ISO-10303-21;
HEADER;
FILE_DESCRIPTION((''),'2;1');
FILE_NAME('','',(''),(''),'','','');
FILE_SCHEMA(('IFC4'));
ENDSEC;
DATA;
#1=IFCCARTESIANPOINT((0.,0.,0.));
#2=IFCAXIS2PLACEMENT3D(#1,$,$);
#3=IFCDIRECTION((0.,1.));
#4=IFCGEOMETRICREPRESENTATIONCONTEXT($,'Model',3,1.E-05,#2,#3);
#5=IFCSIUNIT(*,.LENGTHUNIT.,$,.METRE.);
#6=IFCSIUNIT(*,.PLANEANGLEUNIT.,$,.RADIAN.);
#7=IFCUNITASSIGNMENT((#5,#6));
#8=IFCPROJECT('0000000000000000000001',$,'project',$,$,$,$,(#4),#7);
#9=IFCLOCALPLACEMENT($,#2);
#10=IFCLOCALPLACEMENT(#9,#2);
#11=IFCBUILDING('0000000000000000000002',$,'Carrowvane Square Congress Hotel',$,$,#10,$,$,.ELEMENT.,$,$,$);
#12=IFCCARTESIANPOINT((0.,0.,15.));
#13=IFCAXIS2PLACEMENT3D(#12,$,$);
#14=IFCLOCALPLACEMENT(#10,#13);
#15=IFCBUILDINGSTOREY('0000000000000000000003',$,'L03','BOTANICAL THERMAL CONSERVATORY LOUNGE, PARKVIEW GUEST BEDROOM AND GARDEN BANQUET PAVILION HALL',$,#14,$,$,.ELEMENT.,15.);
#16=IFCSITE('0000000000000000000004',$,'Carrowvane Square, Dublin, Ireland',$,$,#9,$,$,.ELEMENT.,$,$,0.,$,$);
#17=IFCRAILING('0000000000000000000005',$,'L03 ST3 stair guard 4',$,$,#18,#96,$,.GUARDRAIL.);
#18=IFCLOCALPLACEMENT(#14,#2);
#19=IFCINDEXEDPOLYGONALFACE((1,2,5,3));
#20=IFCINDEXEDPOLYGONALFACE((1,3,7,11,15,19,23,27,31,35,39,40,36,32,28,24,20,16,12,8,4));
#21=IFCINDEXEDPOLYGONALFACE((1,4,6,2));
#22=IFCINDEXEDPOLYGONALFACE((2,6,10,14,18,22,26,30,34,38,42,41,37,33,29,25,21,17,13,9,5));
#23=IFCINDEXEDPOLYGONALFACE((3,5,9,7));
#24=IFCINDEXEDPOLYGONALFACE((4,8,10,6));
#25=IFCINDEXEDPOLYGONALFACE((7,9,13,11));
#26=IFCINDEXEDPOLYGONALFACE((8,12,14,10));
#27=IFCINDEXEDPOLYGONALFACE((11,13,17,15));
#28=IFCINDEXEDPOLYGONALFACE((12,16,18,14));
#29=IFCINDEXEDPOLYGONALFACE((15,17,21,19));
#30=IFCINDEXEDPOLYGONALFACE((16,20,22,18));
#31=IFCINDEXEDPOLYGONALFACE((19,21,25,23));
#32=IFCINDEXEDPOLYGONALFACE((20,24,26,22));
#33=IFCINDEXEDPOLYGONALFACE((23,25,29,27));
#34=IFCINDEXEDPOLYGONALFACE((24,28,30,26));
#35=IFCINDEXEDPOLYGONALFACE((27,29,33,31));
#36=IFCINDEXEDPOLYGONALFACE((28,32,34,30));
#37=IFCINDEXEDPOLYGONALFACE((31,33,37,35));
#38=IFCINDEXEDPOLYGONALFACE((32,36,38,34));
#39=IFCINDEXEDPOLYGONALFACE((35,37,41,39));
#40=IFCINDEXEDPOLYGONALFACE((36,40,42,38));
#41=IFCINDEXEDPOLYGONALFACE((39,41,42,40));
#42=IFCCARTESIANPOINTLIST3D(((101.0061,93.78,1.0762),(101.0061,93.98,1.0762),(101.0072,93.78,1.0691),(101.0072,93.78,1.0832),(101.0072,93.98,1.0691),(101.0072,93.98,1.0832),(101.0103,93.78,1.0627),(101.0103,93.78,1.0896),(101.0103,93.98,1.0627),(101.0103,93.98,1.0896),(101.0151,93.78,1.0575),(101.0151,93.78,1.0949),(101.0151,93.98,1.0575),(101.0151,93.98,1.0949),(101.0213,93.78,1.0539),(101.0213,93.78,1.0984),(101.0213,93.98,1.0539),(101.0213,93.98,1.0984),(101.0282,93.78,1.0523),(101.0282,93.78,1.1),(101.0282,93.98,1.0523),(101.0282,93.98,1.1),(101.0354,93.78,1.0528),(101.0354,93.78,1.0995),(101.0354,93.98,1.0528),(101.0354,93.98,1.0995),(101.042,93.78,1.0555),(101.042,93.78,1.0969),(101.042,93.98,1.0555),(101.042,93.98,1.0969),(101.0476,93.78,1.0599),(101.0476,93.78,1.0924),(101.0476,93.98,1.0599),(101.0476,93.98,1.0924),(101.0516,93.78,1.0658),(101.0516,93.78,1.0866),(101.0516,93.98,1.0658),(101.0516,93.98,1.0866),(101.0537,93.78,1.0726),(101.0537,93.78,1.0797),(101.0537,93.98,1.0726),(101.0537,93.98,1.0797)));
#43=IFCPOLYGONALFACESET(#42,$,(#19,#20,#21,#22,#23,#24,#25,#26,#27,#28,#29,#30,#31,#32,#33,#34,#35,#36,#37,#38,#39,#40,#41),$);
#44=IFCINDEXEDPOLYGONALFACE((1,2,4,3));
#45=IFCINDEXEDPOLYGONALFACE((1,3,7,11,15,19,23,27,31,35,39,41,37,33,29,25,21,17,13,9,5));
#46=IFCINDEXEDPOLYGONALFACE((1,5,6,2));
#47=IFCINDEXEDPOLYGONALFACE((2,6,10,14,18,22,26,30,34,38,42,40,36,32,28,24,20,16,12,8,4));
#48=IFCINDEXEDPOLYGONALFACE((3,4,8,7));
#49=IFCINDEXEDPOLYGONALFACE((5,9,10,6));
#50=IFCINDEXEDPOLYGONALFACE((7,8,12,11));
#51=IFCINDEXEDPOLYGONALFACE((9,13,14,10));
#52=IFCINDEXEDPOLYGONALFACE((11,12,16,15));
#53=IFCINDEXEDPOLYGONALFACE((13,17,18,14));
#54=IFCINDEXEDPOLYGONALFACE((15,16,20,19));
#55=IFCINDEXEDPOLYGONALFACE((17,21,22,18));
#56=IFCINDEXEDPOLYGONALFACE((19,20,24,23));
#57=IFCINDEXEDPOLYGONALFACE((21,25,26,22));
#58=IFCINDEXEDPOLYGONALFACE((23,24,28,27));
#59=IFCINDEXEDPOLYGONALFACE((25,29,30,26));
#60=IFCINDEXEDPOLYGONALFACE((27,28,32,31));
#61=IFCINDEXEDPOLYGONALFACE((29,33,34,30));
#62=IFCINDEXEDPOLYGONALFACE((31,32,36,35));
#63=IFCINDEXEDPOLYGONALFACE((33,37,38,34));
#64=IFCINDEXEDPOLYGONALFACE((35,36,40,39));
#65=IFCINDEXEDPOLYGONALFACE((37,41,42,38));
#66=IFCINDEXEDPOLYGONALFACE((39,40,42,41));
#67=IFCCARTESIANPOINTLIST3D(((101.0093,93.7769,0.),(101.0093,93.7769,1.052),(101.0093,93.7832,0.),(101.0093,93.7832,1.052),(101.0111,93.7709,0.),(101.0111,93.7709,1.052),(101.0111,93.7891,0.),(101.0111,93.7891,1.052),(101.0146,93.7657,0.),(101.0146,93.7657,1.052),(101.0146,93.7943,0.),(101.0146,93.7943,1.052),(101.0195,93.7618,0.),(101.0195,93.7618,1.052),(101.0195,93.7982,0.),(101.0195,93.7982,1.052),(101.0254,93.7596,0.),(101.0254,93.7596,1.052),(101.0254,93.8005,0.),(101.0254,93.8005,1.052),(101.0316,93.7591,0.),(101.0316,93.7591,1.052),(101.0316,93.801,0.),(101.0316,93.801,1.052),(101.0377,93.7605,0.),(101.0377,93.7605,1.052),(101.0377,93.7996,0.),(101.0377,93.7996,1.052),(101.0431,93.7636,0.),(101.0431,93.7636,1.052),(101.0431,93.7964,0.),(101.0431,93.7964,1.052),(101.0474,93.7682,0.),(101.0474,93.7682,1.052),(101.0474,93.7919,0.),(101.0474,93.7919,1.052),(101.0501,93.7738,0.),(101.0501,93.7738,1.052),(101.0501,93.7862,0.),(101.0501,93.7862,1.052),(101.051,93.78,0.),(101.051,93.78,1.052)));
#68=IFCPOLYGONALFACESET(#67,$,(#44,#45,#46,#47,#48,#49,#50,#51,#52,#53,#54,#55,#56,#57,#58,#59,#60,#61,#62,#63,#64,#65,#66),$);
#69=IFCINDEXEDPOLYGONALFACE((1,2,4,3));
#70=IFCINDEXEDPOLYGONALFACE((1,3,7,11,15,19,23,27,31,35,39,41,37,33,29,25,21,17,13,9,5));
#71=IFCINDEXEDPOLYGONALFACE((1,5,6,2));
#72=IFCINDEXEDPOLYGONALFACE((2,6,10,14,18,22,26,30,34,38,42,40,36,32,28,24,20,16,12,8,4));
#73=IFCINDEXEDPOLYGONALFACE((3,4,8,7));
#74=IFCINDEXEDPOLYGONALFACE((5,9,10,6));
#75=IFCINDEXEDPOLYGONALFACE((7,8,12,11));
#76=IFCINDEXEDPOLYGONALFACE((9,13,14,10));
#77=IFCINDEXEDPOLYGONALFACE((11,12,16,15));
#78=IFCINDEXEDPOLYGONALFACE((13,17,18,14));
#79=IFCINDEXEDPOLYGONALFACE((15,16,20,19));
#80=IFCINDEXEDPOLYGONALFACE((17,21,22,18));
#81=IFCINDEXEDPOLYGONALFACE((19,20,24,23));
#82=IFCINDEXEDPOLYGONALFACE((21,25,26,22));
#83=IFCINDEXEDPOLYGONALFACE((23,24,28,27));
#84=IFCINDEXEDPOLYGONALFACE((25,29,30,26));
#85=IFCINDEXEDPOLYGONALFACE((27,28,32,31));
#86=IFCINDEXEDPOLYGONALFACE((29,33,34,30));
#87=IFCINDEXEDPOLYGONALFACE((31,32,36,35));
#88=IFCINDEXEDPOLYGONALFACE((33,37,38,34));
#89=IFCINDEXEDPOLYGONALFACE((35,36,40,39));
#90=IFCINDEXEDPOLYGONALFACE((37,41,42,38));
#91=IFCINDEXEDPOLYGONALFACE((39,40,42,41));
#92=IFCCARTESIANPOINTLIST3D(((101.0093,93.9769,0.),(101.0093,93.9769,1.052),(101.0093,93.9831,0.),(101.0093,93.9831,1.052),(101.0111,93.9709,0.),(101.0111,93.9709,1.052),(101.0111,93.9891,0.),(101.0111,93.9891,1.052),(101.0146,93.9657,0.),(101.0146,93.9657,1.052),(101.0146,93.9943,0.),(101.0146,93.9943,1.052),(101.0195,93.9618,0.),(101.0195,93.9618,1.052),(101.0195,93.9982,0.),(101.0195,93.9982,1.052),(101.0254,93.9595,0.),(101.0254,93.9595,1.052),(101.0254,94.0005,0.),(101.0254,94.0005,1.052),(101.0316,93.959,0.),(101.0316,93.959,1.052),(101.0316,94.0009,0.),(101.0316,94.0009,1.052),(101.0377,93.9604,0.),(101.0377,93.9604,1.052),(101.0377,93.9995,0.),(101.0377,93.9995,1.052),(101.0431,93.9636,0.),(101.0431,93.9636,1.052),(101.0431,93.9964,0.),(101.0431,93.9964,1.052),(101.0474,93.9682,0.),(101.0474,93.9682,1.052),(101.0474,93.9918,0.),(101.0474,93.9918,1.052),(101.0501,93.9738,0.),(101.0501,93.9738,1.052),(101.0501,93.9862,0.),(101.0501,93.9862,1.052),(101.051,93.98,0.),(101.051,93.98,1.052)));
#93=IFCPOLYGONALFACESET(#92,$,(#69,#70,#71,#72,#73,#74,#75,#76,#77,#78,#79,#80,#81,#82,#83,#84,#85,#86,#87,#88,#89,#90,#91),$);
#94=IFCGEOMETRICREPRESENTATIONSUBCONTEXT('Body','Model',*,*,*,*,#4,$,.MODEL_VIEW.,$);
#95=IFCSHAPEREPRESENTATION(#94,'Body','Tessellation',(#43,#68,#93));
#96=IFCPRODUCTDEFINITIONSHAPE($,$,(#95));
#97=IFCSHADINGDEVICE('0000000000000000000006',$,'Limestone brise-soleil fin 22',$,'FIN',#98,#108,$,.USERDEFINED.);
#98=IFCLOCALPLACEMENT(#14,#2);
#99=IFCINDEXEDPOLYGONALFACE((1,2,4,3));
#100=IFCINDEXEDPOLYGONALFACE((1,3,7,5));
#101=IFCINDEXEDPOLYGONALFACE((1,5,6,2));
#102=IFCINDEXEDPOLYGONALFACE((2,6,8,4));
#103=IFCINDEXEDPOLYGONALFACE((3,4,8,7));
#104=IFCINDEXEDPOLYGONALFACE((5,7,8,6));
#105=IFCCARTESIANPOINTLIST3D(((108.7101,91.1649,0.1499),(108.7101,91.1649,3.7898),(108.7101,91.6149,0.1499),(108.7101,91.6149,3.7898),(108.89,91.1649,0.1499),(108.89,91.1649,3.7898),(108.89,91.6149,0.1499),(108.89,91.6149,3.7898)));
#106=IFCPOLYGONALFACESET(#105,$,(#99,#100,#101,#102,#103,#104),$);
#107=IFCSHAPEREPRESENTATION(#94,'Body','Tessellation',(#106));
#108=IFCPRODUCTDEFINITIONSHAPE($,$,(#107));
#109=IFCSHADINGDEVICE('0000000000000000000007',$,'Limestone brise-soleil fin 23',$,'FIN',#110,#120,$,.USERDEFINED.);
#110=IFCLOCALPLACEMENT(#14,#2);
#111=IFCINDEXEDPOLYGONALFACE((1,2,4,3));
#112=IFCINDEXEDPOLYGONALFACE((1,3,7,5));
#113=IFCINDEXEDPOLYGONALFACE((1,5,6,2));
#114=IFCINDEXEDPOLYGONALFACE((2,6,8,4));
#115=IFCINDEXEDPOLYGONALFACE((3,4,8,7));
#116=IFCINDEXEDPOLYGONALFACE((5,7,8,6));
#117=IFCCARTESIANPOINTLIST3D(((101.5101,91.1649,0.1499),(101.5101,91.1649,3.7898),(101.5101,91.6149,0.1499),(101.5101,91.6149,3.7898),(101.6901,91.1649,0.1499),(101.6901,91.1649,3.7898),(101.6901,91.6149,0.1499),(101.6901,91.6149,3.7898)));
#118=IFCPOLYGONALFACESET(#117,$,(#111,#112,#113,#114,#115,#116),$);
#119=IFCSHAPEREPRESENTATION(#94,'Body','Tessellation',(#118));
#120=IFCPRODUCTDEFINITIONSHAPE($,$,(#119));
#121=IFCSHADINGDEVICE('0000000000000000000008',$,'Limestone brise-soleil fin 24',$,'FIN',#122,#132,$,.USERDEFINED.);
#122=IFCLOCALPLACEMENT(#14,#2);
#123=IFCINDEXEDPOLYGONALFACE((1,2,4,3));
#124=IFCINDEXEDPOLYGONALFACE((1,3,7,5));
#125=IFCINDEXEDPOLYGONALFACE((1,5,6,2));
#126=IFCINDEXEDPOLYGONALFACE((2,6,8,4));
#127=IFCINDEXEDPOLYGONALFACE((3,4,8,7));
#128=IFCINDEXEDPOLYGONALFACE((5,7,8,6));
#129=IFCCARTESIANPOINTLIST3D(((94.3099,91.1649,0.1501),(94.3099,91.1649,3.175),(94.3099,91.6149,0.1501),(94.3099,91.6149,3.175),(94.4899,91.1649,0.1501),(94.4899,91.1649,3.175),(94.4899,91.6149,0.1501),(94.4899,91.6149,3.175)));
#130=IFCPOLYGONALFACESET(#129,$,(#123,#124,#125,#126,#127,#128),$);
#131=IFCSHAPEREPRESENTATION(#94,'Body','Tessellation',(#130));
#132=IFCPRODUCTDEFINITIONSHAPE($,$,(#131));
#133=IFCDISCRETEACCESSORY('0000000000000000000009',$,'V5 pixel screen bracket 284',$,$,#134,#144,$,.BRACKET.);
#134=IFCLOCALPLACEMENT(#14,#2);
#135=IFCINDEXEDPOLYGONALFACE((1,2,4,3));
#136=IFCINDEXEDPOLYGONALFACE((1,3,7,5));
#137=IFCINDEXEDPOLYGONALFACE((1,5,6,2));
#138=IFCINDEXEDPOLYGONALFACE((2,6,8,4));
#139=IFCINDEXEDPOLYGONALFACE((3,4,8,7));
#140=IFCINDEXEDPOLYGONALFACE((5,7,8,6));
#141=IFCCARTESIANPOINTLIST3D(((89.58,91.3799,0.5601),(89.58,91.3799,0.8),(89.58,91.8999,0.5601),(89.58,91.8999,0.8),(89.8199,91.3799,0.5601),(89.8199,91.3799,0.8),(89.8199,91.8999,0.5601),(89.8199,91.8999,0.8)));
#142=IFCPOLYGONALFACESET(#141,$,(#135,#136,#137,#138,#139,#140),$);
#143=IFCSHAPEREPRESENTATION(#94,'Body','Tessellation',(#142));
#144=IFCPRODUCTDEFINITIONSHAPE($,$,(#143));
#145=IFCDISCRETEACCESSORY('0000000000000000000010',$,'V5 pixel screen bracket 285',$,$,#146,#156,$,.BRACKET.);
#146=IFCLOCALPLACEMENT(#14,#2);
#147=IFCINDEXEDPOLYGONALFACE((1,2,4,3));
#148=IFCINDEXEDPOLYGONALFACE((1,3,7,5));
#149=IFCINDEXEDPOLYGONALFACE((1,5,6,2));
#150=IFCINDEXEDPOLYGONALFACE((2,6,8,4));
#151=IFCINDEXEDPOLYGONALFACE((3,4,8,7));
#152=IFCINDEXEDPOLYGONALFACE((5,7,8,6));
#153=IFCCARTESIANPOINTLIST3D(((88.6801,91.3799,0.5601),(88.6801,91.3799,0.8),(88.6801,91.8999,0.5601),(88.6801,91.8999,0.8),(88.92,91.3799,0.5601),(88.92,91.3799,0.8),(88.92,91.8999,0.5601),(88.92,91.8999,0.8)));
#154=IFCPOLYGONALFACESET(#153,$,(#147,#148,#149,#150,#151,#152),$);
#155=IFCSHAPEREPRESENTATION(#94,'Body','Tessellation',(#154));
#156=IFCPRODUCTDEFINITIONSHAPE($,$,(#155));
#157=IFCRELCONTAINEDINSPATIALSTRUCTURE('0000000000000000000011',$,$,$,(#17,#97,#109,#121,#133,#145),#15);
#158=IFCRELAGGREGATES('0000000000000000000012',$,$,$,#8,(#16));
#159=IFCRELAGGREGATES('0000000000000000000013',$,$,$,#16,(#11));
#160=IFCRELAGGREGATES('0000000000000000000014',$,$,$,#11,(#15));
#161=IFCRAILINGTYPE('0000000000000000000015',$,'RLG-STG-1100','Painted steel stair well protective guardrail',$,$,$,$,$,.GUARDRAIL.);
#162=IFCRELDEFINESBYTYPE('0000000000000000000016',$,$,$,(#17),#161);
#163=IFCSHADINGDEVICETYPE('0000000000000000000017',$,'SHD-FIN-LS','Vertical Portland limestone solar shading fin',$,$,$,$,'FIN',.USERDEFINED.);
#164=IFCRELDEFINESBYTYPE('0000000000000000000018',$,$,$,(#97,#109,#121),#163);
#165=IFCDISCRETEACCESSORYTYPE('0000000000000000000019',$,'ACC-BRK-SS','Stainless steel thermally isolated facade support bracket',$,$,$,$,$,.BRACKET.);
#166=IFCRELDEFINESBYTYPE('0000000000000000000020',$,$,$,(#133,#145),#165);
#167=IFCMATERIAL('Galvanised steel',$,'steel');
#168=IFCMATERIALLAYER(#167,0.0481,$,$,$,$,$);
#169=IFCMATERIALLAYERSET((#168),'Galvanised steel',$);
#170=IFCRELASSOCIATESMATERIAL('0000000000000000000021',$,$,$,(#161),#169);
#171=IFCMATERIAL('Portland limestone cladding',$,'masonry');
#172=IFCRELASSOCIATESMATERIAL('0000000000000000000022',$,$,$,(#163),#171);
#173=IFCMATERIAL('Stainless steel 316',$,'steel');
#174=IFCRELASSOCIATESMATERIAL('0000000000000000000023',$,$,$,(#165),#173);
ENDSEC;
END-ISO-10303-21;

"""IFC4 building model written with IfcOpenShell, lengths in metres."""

from ifc_helpers import new_model, si_unit, direction, frame, origin, origin_2d, place, context, subcontext, project, spatial, rectangle, circle, extrude, material, layer, layer_set, type_object, element, save


model = new_model("IFC4")

# Units and contexts
model_context = context("Model", 3, precision=1e-05, world=origin(), true_north=direction((0.0, 1.0)))
body_context = subcontext(model_context, "Body", "Model", "MODEL_VIEW")
ifc_project = project(units=[si_unit("LENGTHUNIT", "METRE"), si_unit("PLANEANGLEUNIT", "RADIAN")], contexts=[model_context])

# Site, building, storey
site_placement = place(None, origin())
site = spatial("IfcSite", under=ifc_project, at=site_placement, Name="Carrowvane Square, Dublin, Ireland", CompositionType="ELEMENT", RefElevation=0.0)
building_placement = place(site_placement, origin())
building = spatial("IfcBuilding", under=site, at=building_placement, Name="Carrowvane Square Congress Hotel", CompositionType="ELEMENT")
storey_placement = place(building_placement, frame((0.0, 0.0, 15.0)))
storey = spatial("IfcBuildingStorey", under=building, at=storey_placement, Name="L03", Description="BOTANICAL THERMAL CONSERVATORY LOUNGE, PARKVIEW GUEST BEDROOM AND GARDEN BANQUET PAVILION HALL", CompositionType="ELEMENT", Elevation=15.0)

# Railing
ifc_material_1 = material(Name="Galvanised steel", Category="steel")
ifc_layer_1 = layer(ifc_material_1, 0.0481)
ifc_layer_set_1 = layer_set([ifc_layer_1], Name="Galvanised steel")
railing_type_1 = type_object("IfcRailingType", Name="RLG-STG-1100", Description="Painted steel stair well protective guardrail", PredefinedType="GUARDRAIL", material=ifc_layer_set_1)
railing_1_placement = place(storey_placement, frame((101.03, 93.78, 0.0)))
element("IfcRailing", 1, at=railing_1_placement, inside=storey, type_object=railing_type_1, Name="L03 ST3 stair guard 4", PredefinedType="GUARDRAIL", context=body_context, shape_type="SweptSolid", body=[
    extrude(circle(Radius=0.0239, at=origin_2d()), frame((0.0, 0.0, 1.0762), z_axis=(0.0, 1.0, 0.0), x_axis=(-1.0, 0.0, 0.0)), (0.0, 0.0, 1.0), 0.2),
    extrude(circle(Radius=0.021, at=origin_2d()), origin(), (0.0, 0.0, 1.0), 1.052),
    extrude(circle(Radius=0.021, at=origin_2d()), frame((0.0, 0.2, 0.0)), (0.0, 0.0, 1.0), 1.052),
])

# Shading devices
ifc_material_2 = material(Name="Portland limestone cladding", Category="masonry")
shading_device_type = type_object("IfcShadingDeviceType", Name="SHD-FIN-LS", Description="Vertical Portland limestone solar shading fin", ElementType="FIN", PredefinedType="USERDEFINED", material=ifc_material_2)
for number, where, z_axis, x_axis, name in (
    (2, (108.8, 91.3899, 0.1499), (0.0, 0.0, 1.0), (-1.0, 0.0, 0.0), "Limestone brise-soleil fin 22"),
    (3, (101.6001, 91.3899, 0.1499), (0.0, 0.0, 1.0), (-1.0, 0.0, 0.0), "Limestone brise-soleil fin 23"),
):
    element("IfcShadingDevice", number, at=place(storey_placement, frame(where, z_axis=z_axis, x_axis=x_axis)), inside=storey, type_object=shading_device_type, Name=name, ObjectType="FIN", PredefinedType="USERDEFINED", context=body_context, shape_type="SweptSolid", body=[
        extrude(rectangle(XDim=0.1799, YDim=0.45, at=origin_2d()), origin(), (0.0, 0.0, 1.0), 3.6399),
    ])
shading_device_placement = place(storey_placement, frame((94.3999, 91.3899, 0.1501), z_axis=(0.0, 0.0, 1.0), x_axis=(-1.0, 0.0, 0.0)))
element("IfcShadingDevice", 4, at=shading_device_placement, inside=storey, type_object=shading_device_type, Name="Limestone brise-soleil fin 24", ObjectType="FIN", PredefinedType="USERDEFINED", context=body_context, shape_type="SweptSolid", body=[
    extrude(rectangle(XDim=0.1799, YDim=0.45, at=origin_2d()), origin(), (0.0, 0.0, 1.0), 3.0249),
])

# Discrete accessories
ifc_material_3 = material(Name="Stainless steel 316", Category="steel")
discrete_accessory_type = type_object("IfcDiscreteAccessoryType", Name="ACC-BRK-SS", Description="Stainless steel thermally isolated facade support bracket", PredefinedType="BRACKET", material=ifc_material_3)
for number, where, z_axis, x_axis, name in (
    (5, (89.7, 91.6399, 0.5601), (0.0, 0.0, 1.0), (-1.0, 0.0, 0.0), "V5 pixel screen bracket 284"),
    (6, (88.8, 91.6399, 0.5601), (0.0, 0.0, 1.0), (-1.0, 0.0, 0.0), "V5 pixel screen bracket 285"),
):
    element("IfcDiscreteAccessory", number, at=place(storey_placement, frame(where, z_axis=z_axis, x_axis=x_axis)), inside=storey, type_object=discrete_accessory_type, Name=name, PredefinedType="BRACKET", context=body_context, shape_type="SweptSolid", body=[
        extrude(rectangle(XDim=0.24, YDim=0.52, at=origin_2d()), origin(), (0.0, 0.0, 1.0), 0.24),
    ])

save(model, "model.ifc")
